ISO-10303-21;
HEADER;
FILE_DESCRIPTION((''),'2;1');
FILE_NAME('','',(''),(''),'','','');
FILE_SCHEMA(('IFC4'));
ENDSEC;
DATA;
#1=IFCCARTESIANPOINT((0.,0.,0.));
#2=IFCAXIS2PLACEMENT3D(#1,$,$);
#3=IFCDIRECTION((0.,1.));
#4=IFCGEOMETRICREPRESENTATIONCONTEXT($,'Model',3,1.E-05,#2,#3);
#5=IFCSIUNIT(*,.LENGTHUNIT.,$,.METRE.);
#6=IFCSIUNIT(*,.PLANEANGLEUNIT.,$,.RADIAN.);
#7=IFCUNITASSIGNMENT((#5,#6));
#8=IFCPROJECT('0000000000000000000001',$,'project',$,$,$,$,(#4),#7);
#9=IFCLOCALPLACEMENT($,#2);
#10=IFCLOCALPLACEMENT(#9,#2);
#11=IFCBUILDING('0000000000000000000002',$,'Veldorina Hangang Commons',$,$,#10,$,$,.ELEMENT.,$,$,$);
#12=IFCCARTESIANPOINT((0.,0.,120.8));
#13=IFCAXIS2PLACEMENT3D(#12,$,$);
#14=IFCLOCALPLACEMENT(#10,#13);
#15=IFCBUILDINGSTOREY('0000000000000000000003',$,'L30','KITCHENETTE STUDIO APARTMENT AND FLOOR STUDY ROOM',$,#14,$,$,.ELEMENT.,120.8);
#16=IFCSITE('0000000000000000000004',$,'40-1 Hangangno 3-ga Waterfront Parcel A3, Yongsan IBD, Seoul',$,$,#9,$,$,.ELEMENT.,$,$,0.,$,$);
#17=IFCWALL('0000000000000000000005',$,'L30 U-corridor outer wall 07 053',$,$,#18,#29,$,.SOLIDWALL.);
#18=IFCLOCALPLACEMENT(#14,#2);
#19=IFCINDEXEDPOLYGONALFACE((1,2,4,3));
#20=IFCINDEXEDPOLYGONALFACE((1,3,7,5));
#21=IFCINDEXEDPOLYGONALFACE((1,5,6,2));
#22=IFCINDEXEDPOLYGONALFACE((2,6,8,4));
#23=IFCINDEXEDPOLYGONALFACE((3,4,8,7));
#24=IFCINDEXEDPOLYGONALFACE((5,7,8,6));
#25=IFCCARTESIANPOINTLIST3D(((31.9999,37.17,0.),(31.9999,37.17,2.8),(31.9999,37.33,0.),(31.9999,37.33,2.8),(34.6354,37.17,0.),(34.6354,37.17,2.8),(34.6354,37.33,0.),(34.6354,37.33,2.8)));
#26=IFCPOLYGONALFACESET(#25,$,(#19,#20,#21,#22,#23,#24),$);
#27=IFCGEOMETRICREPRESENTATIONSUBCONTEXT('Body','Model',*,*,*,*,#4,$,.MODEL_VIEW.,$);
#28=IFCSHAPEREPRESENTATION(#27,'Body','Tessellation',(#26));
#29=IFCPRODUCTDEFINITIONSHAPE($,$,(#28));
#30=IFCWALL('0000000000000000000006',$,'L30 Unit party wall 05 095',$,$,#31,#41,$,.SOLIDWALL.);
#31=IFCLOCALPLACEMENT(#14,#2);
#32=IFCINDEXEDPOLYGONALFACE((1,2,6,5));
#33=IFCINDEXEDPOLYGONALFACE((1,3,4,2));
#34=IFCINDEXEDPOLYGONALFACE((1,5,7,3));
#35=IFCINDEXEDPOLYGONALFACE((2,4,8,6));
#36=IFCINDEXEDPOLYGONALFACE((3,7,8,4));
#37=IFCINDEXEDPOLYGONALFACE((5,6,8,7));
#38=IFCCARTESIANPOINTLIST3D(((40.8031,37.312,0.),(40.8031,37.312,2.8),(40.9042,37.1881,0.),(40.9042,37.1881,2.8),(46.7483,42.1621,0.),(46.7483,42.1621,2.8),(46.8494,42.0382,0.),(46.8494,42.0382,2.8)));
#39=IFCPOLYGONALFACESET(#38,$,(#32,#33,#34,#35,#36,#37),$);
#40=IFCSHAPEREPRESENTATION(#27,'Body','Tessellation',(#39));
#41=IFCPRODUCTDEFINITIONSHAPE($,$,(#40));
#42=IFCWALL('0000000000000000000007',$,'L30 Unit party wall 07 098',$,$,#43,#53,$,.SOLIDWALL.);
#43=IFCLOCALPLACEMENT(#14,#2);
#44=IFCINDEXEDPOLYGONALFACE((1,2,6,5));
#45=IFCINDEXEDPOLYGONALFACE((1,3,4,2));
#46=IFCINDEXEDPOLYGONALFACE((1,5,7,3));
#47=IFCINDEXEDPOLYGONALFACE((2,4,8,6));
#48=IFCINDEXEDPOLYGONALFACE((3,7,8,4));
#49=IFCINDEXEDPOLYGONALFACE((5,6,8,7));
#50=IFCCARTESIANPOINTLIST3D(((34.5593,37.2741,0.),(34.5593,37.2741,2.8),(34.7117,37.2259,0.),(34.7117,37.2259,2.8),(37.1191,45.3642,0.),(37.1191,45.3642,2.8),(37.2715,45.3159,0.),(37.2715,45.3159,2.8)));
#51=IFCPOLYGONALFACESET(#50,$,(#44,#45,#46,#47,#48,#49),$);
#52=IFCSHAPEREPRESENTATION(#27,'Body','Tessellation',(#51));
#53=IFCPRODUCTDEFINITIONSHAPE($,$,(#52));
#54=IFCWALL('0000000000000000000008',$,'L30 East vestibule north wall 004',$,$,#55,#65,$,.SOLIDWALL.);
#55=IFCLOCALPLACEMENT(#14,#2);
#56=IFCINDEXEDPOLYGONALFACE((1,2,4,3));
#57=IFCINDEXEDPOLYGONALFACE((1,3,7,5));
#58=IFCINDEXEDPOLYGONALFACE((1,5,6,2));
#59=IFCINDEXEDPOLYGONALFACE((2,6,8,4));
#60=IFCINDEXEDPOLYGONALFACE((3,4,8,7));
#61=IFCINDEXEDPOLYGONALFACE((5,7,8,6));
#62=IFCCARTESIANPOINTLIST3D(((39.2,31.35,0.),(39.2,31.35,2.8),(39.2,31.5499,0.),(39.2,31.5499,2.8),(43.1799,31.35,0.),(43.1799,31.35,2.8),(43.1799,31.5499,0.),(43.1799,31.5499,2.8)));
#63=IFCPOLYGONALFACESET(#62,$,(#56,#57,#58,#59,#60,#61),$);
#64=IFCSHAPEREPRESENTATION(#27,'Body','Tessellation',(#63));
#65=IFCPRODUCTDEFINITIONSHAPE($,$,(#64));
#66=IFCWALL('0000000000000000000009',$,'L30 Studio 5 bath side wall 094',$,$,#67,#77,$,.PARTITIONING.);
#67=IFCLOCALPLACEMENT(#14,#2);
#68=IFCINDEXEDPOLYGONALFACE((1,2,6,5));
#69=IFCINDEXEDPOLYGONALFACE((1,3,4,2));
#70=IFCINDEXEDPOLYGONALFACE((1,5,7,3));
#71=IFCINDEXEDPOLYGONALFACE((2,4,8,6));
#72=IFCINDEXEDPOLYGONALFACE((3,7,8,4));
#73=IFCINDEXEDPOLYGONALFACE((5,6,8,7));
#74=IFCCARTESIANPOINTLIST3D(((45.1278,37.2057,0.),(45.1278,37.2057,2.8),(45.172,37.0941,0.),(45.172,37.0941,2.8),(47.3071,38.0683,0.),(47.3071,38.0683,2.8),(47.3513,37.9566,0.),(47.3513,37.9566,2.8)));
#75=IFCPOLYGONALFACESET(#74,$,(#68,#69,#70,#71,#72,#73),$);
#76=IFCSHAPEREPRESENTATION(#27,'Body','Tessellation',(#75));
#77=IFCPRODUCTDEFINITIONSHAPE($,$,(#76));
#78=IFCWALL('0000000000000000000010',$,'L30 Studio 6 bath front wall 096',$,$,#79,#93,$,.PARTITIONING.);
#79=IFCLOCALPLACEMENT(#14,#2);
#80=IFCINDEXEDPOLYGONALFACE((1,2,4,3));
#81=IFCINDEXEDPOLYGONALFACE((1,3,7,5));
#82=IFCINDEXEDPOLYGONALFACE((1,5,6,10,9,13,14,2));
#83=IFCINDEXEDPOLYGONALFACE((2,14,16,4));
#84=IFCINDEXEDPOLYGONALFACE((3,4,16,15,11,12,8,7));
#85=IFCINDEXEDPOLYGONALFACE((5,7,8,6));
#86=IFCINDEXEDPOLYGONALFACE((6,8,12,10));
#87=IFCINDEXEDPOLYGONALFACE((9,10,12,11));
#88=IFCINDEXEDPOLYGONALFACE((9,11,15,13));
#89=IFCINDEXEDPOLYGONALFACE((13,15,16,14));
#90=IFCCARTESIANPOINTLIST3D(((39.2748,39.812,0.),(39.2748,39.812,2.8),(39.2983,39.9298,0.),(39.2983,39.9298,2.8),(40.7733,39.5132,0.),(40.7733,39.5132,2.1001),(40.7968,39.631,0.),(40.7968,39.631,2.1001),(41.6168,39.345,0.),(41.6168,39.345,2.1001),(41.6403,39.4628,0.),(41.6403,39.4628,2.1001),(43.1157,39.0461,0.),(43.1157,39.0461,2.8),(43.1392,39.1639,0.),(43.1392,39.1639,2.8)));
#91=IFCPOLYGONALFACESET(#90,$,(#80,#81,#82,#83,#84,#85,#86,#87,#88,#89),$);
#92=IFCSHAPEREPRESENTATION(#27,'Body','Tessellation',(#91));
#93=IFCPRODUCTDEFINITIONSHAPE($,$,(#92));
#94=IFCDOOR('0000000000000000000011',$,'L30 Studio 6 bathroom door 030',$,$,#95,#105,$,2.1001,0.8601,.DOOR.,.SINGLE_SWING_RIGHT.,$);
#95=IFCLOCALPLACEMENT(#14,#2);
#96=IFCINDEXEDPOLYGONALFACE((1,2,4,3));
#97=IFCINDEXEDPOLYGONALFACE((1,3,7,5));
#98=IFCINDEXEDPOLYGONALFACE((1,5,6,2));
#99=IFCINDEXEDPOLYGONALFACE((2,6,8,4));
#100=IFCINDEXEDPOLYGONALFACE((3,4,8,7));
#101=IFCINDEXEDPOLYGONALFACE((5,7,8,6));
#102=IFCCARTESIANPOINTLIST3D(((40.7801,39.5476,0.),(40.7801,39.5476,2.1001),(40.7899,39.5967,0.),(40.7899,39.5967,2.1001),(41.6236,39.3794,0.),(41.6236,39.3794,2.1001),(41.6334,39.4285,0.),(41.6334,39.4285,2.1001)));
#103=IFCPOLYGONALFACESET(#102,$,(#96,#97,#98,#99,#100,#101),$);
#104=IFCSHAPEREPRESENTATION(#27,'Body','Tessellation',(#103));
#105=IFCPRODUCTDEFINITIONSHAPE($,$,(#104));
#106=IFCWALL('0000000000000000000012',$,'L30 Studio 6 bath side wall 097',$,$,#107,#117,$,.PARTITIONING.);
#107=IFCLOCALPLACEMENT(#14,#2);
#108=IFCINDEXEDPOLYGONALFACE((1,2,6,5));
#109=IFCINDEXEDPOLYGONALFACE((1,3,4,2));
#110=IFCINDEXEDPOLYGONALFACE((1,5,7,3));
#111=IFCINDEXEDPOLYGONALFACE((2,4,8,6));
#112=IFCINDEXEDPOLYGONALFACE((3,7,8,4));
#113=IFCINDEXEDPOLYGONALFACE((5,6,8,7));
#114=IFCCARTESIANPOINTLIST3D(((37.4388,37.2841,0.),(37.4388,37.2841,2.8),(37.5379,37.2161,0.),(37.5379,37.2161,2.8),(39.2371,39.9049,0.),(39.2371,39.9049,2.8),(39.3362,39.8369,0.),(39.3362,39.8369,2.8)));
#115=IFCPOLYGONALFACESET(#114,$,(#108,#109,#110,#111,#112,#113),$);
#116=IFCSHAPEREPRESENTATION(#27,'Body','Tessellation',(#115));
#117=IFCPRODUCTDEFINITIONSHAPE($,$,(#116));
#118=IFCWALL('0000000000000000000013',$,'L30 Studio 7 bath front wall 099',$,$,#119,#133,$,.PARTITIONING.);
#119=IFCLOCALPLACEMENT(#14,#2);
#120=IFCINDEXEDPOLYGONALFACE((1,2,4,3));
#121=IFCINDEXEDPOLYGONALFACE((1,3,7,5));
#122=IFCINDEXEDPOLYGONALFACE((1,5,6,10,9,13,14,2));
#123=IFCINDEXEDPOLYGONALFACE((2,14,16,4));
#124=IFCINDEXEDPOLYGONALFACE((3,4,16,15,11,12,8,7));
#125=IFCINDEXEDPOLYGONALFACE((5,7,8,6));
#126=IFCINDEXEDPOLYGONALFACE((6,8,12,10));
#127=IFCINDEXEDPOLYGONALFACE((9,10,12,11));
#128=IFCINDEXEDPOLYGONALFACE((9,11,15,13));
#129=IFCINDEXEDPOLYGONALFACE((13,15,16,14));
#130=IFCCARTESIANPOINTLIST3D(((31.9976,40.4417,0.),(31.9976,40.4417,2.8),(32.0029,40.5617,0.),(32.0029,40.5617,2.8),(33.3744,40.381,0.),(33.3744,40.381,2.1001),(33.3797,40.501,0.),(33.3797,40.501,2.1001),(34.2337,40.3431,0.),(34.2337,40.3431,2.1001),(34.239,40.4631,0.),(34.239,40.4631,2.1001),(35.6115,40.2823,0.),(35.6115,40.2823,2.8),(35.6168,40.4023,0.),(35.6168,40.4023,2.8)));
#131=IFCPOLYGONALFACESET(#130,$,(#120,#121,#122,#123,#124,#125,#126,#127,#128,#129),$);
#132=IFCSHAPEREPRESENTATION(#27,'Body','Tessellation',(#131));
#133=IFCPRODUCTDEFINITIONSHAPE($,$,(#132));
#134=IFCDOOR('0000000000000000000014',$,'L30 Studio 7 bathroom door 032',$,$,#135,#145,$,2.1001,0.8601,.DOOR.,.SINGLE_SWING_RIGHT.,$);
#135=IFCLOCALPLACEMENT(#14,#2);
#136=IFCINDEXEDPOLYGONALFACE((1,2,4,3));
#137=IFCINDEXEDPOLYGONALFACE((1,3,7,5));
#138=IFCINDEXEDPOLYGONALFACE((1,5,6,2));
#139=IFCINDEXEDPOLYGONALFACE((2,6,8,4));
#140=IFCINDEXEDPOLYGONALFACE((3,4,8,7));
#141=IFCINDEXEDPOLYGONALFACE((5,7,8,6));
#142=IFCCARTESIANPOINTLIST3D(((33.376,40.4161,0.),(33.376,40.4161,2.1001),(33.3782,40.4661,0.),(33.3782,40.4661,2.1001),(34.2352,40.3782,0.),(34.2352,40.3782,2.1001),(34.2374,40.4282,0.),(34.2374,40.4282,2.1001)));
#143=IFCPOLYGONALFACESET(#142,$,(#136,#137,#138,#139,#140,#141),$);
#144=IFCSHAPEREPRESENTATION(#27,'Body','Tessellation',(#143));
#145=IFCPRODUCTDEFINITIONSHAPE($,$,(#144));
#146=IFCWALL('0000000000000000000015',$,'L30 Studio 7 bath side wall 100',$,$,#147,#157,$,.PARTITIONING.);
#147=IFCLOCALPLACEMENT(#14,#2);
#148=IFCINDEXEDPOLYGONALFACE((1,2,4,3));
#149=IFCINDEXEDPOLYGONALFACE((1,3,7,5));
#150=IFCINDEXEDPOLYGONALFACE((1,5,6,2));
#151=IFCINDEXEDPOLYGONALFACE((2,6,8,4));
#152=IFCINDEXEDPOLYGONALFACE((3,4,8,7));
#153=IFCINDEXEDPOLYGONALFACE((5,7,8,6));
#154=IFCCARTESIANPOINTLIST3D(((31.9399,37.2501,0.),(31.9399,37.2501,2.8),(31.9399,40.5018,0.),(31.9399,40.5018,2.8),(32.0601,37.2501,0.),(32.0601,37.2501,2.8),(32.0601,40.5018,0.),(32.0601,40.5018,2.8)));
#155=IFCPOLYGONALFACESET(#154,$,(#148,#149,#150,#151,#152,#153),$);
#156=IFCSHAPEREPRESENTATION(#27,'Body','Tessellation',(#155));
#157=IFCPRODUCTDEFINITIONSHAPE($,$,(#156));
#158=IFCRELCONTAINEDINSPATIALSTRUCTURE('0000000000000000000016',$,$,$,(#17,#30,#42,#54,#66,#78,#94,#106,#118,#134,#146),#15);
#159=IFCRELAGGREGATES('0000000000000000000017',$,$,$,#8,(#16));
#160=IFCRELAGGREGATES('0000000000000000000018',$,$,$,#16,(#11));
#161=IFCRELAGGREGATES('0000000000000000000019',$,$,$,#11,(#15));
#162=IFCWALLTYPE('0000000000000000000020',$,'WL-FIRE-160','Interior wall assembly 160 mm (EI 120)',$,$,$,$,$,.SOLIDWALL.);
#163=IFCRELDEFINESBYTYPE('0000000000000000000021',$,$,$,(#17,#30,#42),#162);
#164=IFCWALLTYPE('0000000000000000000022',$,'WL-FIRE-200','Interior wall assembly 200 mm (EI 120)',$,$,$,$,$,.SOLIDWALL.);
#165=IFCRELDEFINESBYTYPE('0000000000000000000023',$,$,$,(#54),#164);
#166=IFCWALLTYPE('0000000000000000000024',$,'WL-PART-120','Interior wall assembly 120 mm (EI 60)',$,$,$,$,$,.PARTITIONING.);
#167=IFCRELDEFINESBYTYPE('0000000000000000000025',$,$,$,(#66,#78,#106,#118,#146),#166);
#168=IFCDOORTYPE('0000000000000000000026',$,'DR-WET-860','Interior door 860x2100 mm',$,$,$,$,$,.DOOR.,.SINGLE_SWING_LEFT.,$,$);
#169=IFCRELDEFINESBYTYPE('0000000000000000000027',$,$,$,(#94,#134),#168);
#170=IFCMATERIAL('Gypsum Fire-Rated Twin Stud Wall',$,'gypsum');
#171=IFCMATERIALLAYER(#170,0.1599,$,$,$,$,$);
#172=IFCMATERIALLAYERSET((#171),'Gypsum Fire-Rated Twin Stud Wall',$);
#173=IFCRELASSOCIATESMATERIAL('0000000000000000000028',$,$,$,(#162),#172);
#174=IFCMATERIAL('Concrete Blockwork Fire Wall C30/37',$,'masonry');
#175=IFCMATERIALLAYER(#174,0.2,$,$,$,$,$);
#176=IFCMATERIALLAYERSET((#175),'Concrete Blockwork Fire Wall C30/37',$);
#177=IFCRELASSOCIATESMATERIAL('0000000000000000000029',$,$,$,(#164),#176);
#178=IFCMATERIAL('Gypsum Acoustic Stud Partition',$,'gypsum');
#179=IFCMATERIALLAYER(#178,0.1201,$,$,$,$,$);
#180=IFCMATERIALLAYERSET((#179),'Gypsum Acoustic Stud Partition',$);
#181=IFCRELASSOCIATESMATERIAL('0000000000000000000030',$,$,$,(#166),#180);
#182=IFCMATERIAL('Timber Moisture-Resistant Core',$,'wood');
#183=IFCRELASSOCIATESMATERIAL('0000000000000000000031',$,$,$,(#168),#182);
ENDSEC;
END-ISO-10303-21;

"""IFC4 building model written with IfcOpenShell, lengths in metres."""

from ifc_helpers import new_model, si_unit, direction, frame, frame_2d, origin, place, context, subcontext, project, spatial, rectangle, extrude, material, layer, layer_set, type_object, element, fill, save


model = new_model("IFC4")

# Units and contexts
model_context = context("Model", 3, precision=1e-05, world=origin(), true_north=direction((0.0, 1.0)))
body_context = subcontext(model_context, "Body", "Model", "MODEL_VIEW")
ifc_project = project(units=[si_unit("LENGTHUNIT", "METRE"), si_unit("PLANEANGLEUNIT", "RADIAN")], contexts=[model_context])

# Site, building, storey
site_placement = place(None, origin())
site = spatial("IfcSite", under=ifc_project, at=site_placement, Name="40-1 Hangangno 3-ga Waterfront Parcel A3, Yongsan IBD, Seoul", CompositionType="ELEMENT", RefElevation=0.0)
building_placement = place(site_placement, origin())
building = spatial("IfcBuilding", under=site, at=building_placement, Name="Veldorina Hangang Commons", CompositionType="ELEMENT")
storey_placement = place(building_placement, frame((0.0, 0.0, 120.8)))
storey = spatial("IfcBuildingStorey", under=building, at=storey_placement, Name="L30", Description="KITCHENETTE STUDIO APARTMENT AND FLOOR STUDY ROOM", CompositionType="ELEMENT", Elevation=120.8)

# Shared definitions
ifc_material_1 = material(Name="Gypsum Fire-Rated Twin Stud Wall", Category="gypsum")
ifc_layer_1 = layer(ifc_material_1, 0.1599)
ifc_layer_set_1 = layer_set([ifc_layer_1], Name="Gypsum Fire-Rated Twin Stud Wall")
wall_type_1 = type_object("IfcWallType", Name="WL-FIRE-160", Description="Interior wall assembly 160 mm (EI 120)", PredefinedType="SOLIDWALL", material=ifc_layer_set_1)

# Walls
wall_1_placement = place(storey_placement, frame((34.6355, 37.25, 0.0), z_axis=(0.0, 0.0, 1.0), x_axis=(-1.0, 0.0, 0.0)))
element("IfcWall", 1, at=wall_1_placement, inside=storey, type_object=wall_type_1, Name="L30 U-corridor outer wall 07 053", PredefinedType="SOLIDWALL", context=body_context, shape_type="SweptSolid", body=[
    extrude(rectangle(XDim=2.6355, YDim=0.1599, at=frame_2d((1.3179, 0.0))), origin(), (0.0, 0.0, 1.0), 2.8),
])
wall_2_placement = place(storey_placement, frame((40.8535, 37.25, 0.0), z_axis=(0.0, 0.0, 1.0), x_axis=(0.774867, 0.632125, 0.0)))
element("IfcWall", 2, at=wall_2_placement, inside=storey, type_object=wall_type_1, Name="L30 Unit party wall 05 095", PredefinedType="SOLIDWALL", context=body_context, shape_type="SweptSolid", body=[
    extrude(rectangle(XDim=7.6726, YDim=0.1599, at=frame_2d((3.8364, 0.0))), origin(), (0.0, 0.0, 1.0), 2.8),
])
wall_3_placement = place(storey_placement, frame((34.6355, 37.25, 0.0), z_axis=(0.0, 0.0, 1.0), x_axis=(0.301672, 0.953412, 0.0)))
element("IfcWall", 3, at=wall_3_placement, inside=storey, type_object=wall_type_1, Name="L30 Unit party wall 07 098", PredefinedType="SOLIDWALL", context=body_context, shape_type="SweptSolid", body=[
    extrude(rectangle(XDim=8.4854, YDim=0.1599, at=frame_2d((4.2427, 0.0))), origin(), (0.0, 0.0, 1.0), 2.8),
])
ifc_material_2 = material(Name="Concrete Blockwork Fire Wall C30/37", Category="masonry")
ifc_layer_2 = layer(ifc_material_2, 0.2)
ifc_layer_set_2 = layer_set([ifc_layer_2], Name="Concrete Blockwork Fire Wall C30/37")
wall_type_2 = type_object("IfcWallType", Name="WL-FIRE-200", Description="Interior wall assembly 200 mm (EI 120)", PredefinedType="SOLIDWALL", material=ifc_layer_set_2)
wall_4_placement = place(storey_placement, frame((39.2, 31.45, 0.0), z_axis=(0.0, 0.0, 1.0), x_axis=(1.0, 0.0, 0.0)))
element("IfcWall", 4, at=wall_4_placement, inside=storey, type_object=wall_type_2, Name="L30 East vestibule north wall 004", PredefinedType="SOLIDWALL", context=body_context, shape_type="SweptSolid", body=[
    extrude(rectangle(XDim=3.98, YDim=0.2, at=frame_2d((1.99, 0.0))), origin(), (0.0, 0.0, 1.0), 2.8),
])
ifc_material_3 = material(Name="Gypsum Acoustic Stud Partition", Category="gypsum")
ifc_layer_3 = layer(ifc_material_3, 0.1201)
ifc_layer_set_3 = layer_set([ifc_layer_3], Name="Gypsum Acoustic Stud Partition")
wall_type_3 = type_object("IfcWallType", Name="WL-PART-120", Description="Interior wall assembly 120 mm (EI 60)", PredefinedType="PARTITIONING", material=ifc_layer_set_3)
wall_5_placement = place(storey_placement, frame((45.1499, 37.1499, 0.0), z_axis=(0.0, 0.0, 1.0), x_axis=(0.929814, 0.36803, 0.0)))
element("IfcWall", 5, at=wall_5_placement, inside=storey, type_object=wall_type_3, Name="L30 Studio 5 bath side wall 094", PredefinedType="PARTITIONING", context=body_context, shape_type="SweptSolid", body=[
    extrude(rectangle(XDim=2.3438, YDim=0.1201, at=frame_2d((1.1719, 0.0))), origin(), (0.0, 0.0, 1.0), 2.8),
])

# Wall, opening, door
wall_6_placement = place(storey_placement, frame((43.1274, 39.105, 0.0), z_axis=(0.0, 0.0, 1.0), x_axis=(-0.980693, 0.195553, 0.0)))
wall_6 = element("IfcWall", 6, at=wall_6_placement, inside=storey, type_object=wall_type_3, Name="L30 Studio 6 bath front wall 096", PredefinedType="PARTITIONING", context=body_context, shape_type="SweptSolid", body=[
    extrude(rectangle(XDim=3.9165, YDim=0.1201, at=frame_2d((1.9583, 0.0))), origin(), (0.0, 0.0, 1.0), 2.8),
])
opening_1_placement = place(wall_6_placement, frame((1.5283, 0.0, 0.0)))
opening_1 = element("IfcOpeningElement", 7, at=opening_1_placement, cuts=wall_6, PredefinedType="OPENING", context=body_context, shape_type="SweptSolid", body=[
    extrude(rectangle(XDim=0.8601, YDim=2.1001, at=frame_2d((0.4302, 1.05))), frame((0.0, 0.0701, 0.0), z_axis=(0.0, -1.0, 0.0), x_axis=(1.0, 0.0, 0.0)), (0.0, 0.0, 1.0), 0.1401),
])
ifc_material_4 = material(Name="Timber Moisture-Resistant Core", Category="wood")
door_type_1 = type_object("IfcDoorType", Name="DR-WET-860", Description="Interior door 860x2100 mm", OperationType="SINGLE_SWING_LEFT", PredefinedType="DOOR", material=ifc_material_4)
door_1_placement = place(opening_1_placement, origin())
door_1 = element("IfcDoor", 8, at=door_1_placement, inside=storey, type_object=door_type_1, Name="L30 Studio 6 bathroom door 030", OperationType="SINGLE_SWING_RIGHT", OverallHeight=2.1001, OverallWidth=0.8601, PredefinedType="DOOR", context=body_context, shape_type="SweptSolid", body=[
    extrude(rectangle(XDim=0.8601, YDim=2.1001, at=frame_2d((0.4302, 1.05))), frame((0.0, 0.0249, 0.0), z_axis=(0.0, -1.0, 0.0), x_axis=(1.0, 0.0, 0.0)), (0.0, 0.0, 1.0), 0.05),
])
fill(opening_1, door_1)

# Wall
wall_7_placement = place(storey_placement, frame((37.4883, 37.25, 0.0), z_axis=(0.0, 0.0, 1.0), x_axis=(0.565782, 0.824555, 0.0)))
element("IfcWall", 9, at=wall_7_placement, inside=storey, type_object=wall_type_3, Name="L30 Studio 6 bath side wall 097", PredefinedType="PARTITIONING", context=body_context, shape_type="SweptSolid", body=[
    extrude(rectangle(XDim=3.1785, YDim=0.1201, at=frame_2d((1.5894, 0.0))), origin(), (0.0, 0.0, 1.0), 2.8),
])

# Wall, opening, door
wall_8_placement = place(storey_placement, frame((35.614, 40.3423, 0.0), z_axis=(0.0, 0.0, 1.0), x_axis=(-0.999028, 0.04407, 0.0)))
wall_8 = element("IfcWall", 10, at=wall_8_placement, inside=storey, type_object=wall_type_3, Name="L30 Studio 7 bath front wall 099", PredefinedType="PARTITIONING", context=body_context, shape_type="SweptSolid", body=[
    extrude(rectangle(XDim=3.6174, YDim=0.1201, at=frame_2d((1.8086, 0.0))), origin(), (0.0, 0.0, 1.0), 2.8),
])
opening_2_placement = place(wall_8_placement, frame((1.3789, 0.0, 0.0)))
opening_2 = element("IfcOpeningElement", 11, at=opening_2_placement, cuts=wall_8, PredefinedType="OPENING", context=body_context, shape_type="SweptSolid", body=[
    extrude(rectangle(XDim=0.8601, YDim=2.1001, at=frame_2d((0.4302, 1.05))), frame((0.0, 0.0701, 0.0), z_axis=(0.0, -1.0, 0.0), x_axis=(1.0, 0.0, 0.0)), (0.0, 0.0, 1.0), 0.1401),
])
door_2_placement = place(opening_2_placement, origin())
door_2 = element("IfcDoor", 12, at=door_2_placement, inside=storey, type_object=door_type_1, Name="L30 Studio 7 bathroom door 032", OperationType="SINGLE_SWING_RIGHT", OverallHeight=2.1001, OverallWidth=0.8601, PredefinedType="DOOR", context=body_context, shape_type="SweptSolid", body=[
    extrude(rectangle(XDim=0.8601, YDim=2.1001, at=frame_2d((0.4302, 1.05))), frame((0.0, 0.0249, 0.0), z_axis=(0.0, -1.0, 0.0), x_axis=(1.0, 0.0, 0.0)), (0.0, 0.0, 1.0), 0.05),
])
fill(opening_2, door_2)

# Wall
wall_9_placement = place(storey_placement, frame((32.0, 37.25, 0.0), z_axis=(0.0, 0.0, 1.0), x_axis=(0.0, 1.0, 0.0)))
element("IfcWall", 13, at=wall_9_placement, inside=storey, type_object=wall_type_3, Name="L30 Studio 7 bath side wall 100", PredefinedType="PARTITIONING", context=body_context, shape_type="SweptSolid", body=[
    extrude(rectangle(XDim=3.2517, YDim=0.1201, at=frame_2d((1.626, 0.0))), origin(), (0.0, 0.0, 1.0), 2.8),
])

save(model, "model.ifc")
